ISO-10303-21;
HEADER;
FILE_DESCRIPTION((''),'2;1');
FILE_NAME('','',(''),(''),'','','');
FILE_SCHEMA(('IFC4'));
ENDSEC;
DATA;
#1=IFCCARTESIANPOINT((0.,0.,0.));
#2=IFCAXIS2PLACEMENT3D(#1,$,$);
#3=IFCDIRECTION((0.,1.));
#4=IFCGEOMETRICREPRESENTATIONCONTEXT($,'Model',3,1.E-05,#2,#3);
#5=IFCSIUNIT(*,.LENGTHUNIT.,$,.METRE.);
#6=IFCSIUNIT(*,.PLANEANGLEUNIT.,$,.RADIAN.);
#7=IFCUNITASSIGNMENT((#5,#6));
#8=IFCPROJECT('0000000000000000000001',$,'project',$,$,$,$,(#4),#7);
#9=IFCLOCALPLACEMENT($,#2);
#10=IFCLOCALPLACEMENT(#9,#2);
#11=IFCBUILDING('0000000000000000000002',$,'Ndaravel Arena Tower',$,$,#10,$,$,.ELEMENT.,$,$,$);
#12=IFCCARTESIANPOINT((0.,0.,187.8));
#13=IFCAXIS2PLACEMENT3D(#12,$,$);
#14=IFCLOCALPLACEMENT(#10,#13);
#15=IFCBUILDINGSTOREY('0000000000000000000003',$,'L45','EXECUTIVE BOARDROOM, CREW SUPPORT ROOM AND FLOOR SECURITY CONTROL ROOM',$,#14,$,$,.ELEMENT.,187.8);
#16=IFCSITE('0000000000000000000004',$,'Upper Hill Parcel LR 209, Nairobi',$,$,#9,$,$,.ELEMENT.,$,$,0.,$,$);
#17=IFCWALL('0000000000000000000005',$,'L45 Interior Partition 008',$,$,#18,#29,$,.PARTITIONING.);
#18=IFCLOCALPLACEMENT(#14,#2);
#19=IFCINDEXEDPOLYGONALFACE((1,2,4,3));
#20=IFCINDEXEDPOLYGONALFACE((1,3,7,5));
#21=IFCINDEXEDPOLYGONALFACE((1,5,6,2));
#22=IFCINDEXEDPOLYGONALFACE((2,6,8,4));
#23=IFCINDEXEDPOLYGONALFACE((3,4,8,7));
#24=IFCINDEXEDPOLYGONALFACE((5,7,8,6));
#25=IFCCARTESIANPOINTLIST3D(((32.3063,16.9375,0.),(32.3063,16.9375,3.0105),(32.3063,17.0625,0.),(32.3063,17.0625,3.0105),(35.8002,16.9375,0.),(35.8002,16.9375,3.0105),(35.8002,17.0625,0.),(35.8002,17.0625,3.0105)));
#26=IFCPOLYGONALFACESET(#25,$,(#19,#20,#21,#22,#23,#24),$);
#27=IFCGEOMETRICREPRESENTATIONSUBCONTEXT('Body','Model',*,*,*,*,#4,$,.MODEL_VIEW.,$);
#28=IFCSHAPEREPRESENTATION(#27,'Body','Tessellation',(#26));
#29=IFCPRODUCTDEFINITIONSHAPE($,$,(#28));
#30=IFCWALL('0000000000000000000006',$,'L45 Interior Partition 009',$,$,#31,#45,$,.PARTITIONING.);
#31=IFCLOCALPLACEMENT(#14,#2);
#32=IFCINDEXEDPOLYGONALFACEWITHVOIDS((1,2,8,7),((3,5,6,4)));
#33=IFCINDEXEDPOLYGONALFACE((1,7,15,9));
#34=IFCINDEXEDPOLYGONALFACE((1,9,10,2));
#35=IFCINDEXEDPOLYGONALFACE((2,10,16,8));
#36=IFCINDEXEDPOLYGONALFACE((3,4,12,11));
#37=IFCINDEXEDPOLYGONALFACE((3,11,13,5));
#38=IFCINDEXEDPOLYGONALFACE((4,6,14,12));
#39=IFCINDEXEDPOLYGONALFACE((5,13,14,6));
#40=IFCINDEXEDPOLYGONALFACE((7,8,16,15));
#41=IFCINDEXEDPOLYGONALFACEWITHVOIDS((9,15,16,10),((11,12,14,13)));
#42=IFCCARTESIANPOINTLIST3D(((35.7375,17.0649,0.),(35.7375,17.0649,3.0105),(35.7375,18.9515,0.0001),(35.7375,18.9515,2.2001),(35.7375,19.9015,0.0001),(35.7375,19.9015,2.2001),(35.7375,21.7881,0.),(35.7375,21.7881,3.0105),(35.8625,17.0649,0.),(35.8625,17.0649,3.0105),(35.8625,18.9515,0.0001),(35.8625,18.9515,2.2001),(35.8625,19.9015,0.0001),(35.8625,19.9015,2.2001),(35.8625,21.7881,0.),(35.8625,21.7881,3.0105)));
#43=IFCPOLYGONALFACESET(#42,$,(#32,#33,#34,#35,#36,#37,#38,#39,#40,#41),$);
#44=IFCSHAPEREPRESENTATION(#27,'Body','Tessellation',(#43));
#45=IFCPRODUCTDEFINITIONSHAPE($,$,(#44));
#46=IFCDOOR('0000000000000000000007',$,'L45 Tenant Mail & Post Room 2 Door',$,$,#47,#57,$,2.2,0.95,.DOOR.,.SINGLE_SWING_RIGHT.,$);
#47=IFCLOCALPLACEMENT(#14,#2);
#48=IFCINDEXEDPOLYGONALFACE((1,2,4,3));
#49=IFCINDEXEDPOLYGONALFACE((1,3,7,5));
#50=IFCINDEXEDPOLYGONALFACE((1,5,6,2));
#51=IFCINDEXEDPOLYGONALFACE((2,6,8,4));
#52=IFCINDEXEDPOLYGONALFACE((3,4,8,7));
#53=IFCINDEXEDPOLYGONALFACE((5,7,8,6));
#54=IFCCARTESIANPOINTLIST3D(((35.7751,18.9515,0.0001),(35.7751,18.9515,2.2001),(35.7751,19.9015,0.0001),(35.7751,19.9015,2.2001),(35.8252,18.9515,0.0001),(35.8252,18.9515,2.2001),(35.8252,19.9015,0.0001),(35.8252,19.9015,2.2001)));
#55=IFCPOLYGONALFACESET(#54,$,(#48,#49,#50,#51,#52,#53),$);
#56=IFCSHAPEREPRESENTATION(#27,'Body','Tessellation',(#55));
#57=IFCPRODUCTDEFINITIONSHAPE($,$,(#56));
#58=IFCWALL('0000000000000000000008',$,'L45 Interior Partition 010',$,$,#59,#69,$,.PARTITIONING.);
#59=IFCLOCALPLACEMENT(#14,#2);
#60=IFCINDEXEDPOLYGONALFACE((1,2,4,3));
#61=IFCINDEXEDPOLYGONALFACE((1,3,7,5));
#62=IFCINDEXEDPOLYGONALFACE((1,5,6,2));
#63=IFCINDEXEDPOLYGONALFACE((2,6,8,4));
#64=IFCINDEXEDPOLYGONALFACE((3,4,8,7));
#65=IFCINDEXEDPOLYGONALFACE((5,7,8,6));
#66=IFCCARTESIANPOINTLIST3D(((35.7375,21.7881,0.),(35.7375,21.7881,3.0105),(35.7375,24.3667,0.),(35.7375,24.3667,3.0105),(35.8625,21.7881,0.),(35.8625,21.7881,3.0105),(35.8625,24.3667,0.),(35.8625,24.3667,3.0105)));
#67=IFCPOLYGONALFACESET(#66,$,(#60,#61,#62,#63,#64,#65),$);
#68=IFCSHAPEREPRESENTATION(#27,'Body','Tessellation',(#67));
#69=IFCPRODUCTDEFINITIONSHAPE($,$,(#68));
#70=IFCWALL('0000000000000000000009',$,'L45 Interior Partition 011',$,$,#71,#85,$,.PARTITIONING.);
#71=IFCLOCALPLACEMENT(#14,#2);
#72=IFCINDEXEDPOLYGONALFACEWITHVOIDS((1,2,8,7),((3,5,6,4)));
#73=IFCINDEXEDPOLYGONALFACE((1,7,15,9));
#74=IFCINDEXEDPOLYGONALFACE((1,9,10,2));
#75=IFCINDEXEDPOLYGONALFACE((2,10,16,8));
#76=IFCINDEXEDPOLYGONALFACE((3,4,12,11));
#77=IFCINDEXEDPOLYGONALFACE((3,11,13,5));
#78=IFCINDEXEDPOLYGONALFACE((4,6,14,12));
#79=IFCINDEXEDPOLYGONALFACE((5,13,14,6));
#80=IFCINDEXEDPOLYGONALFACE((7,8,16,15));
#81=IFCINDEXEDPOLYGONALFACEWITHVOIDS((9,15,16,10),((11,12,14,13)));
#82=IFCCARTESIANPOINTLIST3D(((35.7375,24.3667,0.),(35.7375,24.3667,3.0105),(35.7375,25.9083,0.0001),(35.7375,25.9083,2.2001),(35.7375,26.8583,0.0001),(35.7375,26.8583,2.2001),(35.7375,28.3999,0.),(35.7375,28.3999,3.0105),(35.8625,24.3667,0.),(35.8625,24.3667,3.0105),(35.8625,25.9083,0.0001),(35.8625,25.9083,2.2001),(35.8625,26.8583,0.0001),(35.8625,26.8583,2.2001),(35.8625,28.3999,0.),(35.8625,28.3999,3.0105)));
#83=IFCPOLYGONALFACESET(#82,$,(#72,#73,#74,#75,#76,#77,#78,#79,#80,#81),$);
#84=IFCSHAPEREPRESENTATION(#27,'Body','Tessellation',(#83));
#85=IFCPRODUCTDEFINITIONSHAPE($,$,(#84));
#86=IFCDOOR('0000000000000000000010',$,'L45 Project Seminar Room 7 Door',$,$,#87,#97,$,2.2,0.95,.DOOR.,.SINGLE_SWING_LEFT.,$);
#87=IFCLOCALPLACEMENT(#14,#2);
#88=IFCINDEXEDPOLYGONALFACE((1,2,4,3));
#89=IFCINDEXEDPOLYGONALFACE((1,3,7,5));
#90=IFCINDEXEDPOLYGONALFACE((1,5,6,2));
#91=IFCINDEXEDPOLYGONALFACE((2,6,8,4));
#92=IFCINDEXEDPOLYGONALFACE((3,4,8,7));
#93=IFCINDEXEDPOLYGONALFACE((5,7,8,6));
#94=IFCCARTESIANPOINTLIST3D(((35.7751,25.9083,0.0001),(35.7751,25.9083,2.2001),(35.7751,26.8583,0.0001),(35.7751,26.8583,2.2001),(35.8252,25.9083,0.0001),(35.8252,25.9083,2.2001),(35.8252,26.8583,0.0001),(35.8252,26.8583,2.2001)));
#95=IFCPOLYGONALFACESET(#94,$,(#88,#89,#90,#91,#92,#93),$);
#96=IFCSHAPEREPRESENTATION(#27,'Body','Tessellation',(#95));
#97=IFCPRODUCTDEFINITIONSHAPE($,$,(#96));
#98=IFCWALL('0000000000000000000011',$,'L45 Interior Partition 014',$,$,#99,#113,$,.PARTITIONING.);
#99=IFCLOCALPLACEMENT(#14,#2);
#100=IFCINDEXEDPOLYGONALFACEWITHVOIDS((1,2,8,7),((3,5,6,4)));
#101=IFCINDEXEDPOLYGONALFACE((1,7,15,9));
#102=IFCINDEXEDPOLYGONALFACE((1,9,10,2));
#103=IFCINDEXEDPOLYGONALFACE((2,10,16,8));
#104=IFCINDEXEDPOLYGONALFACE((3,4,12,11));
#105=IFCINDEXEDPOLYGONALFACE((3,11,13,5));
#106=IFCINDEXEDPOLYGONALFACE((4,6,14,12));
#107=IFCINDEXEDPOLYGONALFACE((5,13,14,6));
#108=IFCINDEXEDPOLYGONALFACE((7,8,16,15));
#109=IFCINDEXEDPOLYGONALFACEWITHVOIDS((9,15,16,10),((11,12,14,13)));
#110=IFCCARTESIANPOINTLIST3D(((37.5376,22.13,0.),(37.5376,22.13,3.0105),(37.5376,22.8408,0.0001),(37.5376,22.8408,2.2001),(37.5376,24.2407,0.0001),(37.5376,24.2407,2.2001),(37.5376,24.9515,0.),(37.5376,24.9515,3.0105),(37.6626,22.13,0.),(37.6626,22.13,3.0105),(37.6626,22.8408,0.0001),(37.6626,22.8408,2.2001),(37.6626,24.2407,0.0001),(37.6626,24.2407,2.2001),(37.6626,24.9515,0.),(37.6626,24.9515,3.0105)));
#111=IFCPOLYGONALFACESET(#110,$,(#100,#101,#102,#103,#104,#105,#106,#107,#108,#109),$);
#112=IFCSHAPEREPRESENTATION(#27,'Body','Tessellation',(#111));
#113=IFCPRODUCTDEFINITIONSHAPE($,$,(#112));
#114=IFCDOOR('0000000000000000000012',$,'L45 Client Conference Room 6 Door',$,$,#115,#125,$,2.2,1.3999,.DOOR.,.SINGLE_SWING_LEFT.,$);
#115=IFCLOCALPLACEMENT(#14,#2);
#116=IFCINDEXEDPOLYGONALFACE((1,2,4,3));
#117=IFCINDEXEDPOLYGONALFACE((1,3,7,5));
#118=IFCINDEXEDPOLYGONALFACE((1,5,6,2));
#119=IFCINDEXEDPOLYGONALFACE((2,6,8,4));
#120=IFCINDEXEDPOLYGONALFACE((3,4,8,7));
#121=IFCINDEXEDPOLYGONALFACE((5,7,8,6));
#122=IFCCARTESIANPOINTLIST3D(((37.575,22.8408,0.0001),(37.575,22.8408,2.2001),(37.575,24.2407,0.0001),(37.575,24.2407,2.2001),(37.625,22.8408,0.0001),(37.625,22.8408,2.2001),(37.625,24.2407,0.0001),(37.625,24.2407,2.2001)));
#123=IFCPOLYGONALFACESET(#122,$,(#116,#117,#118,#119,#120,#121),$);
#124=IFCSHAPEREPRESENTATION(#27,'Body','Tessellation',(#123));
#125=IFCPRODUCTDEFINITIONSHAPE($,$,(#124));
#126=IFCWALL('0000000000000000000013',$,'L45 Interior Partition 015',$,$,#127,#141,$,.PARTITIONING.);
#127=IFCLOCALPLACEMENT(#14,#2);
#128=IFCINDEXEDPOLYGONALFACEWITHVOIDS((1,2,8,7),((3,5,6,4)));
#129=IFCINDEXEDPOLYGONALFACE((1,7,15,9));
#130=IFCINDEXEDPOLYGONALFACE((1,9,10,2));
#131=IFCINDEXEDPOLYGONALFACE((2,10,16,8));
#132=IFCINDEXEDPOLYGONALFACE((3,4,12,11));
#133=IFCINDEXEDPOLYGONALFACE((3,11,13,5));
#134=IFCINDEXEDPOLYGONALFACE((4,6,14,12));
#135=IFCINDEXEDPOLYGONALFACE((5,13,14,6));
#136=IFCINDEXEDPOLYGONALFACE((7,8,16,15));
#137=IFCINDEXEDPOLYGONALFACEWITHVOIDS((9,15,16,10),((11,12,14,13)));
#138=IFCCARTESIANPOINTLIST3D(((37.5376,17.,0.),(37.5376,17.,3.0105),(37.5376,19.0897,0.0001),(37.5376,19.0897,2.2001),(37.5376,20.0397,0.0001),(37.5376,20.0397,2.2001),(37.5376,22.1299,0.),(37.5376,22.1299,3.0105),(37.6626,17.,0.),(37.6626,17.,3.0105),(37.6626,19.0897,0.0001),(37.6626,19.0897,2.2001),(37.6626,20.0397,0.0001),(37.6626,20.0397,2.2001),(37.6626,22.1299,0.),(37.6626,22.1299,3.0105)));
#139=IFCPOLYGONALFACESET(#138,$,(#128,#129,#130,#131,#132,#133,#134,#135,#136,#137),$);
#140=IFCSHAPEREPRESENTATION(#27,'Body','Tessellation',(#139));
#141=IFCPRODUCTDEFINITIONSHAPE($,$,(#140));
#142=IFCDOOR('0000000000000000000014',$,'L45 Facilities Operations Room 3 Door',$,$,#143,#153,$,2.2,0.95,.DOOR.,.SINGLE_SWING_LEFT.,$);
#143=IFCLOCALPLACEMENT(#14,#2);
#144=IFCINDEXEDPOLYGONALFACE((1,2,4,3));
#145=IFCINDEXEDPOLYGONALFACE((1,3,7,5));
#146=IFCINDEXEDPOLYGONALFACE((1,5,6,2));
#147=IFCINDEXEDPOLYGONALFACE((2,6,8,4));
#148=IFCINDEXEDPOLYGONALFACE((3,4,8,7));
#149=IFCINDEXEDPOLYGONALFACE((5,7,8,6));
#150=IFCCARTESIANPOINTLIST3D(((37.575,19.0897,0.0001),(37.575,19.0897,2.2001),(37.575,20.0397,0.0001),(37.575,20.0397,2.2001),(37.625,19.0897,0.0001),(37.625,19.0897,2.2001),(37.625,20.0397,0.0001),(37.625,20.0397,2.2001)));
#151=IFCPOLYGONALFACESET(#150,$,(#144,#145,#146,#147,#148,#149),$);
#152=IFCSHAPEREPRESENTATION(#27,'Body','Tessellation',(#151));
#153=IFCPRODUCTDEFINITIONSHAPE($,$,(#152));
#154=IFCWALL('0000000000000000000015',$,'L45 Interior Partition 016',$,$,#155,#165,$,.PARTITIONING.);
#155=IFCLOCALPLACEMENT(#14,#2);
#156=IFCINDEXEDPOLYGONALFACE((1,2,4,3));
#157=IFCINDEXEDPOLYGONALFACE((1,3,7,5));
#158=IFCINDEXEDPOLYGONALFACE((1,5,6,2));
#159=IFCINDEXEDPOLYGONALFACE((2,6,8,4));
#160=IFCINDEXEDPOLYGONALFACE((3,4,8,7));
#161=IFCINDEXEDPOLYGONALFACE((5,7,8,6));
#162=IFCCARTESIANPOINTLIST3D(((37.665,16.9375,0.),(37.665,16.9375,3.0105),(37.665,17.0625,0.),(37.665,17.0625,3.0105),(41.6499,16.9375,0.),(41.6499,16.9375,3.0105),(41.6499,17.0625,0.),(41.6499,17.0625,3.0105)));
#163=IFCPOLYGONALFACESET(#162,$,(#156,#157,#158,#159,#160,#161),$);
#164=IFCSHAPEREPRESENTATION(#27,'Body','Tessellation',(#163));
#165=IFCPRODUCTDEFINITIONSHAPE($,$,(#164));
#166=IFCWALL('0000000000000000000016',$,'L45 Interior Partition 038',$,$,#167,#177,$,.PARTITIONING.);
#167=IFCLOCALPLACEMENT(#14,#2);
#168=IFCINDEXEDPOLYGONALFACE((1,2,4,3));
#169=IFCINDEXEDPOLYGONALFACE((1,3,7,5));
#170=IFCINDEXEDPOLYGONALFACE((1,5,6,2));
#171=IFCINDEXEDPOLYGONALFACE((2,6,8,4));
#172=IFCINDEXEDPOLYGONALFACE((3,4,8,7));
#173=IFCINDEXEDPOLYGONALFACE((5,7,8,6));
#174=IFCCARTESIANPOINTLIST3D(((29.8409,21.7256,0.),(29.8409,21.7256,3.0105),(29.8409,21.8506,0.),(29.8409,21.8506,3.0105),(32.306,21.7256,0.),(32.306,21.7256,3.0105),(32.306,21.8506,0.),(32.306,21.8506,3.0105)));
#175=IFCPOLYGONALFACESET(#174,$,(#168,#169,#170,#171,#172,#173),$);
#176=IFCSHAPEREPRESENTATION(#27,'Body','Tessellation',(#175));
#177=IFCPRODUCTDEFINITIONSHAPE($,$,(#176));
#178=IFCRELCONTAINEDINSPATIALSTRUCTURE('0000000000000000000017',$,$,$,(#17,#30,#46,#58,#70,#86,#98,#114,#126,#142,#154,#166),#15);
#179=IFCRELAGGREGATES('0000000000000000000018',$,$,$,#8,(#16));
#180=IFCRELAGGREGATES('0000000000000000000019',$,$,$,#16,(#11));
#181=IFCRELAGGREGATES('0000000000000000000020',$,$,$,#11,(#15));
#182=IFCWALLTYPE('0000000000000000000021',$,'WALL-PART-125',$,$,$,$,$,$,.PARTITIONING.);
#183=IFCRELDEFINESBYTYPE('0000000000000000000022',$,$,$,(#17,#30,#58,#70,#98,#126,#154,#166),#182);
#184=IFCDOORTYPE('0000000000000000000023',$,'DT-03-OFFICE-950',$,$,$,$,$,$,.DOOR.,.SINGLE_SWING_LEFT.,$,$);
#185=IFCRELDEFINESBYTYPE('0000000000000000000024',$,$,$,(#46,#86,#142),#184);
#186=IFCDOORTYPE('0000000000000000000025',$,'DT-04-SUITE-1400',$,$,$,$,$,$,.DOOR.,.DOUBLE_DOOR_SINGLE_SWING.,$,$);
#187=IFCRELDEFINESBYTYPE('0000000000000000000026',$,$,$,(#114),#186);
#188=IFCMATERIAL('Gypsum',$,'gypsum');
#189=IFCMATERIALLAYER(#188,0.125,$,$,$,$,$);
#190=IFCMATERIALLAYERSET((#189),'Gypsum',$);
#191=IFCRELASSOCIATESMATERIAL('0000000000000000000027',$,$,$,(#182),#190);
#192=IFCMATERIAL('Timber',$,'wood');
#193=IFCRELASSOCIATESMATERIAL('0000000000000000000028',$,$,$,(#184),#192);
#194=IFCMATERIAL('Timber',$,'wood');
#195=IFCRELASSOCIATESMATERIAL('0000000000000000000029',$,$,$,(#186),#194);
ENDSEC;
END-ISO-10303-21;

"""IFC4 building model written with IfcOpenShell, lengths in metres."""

from ifc_helpers import new_model, si_unit, direction, frame, frame_2d, origin, place, context, subcontext, project, spatial, rectangle, extrude, material, layer, layer_set, type_object, element, fill, save


model = new_model("IFC4")

# Units and contexts
model_context = context("Model", 3, precision=1e-05, world=origin(), true_north=direction((0.0, 1.0)))
body_context = subcontext(model_context, "Body", "Model", "MODEL_VIEW")
ifc_project = project(units=[si_unit("LENGTHUNIT", "METRE"), si_unit("PLANEANGLEUNIT", "RADIAN")], contexts=[model_context])

# Site, building, storey
site_placement = place(None, origin())
site = spatial("IfcSite", under=ifc_project, at=site_placement, Name="Upper Hill Parcel LR 209, Nairobi", CompositionType="ELEMENT", RefElevation=0.0)
building_placement = place(site_placement, origin())
building = spatial("IfcBuilding", under=site, at=building_placement, Name="Ndaravel Arena Tower", CompositionType="ELEMENT")
storey_placement = place(building_placement, frame((0.0, 0.0, 187.8)))
storey = spatial("IfcBuildingStorey", under=building, at=storey_placement, Name="L45", Description="EXECUTIVE BOARDROOM, CREW SUPPORT ROOM AND FLOOR SECURITY CONTROL ROOM", CompositionType="ELEMENT", Elevation=187.8)

# Wall
ifc_material_1 = material(Name="Gypsum", Category="gypsum")
ifc_layer_1 = layer(ifc_material_1, 0.125)
ifc_layer_set_1 = layer_set([ifc_layer_1], Name="Gypsum")
wall_type_1 = type_object("IfcWallType", Name="WALL-PART-125", PredefinedType="PARTITIONING", material=ifc_layer_set_1)
wall_1_placement = place(storey_placement, frame((32.3062, 17.0, 0.0), z_axis=(0.0, 0.0, 1.0), x_axis=(1.0, 0.0, 0.0)))
element("IfcWall", 1, at=wall_1_placement, inside=storey, type_object=wall_type_1, Name="L45 Interior Partition 008", PredefinedType="PARTITIONING", context=body_context, shape_type="SweptSolid", body=[
    extrude(rectangle(XDim=3.4939, YDim=0.125, at=frame_2d((1.7471, 0.0))), origin(), (0.0, 0.0, 1.0), 3.0105),
])

# Wall, opening, door
wall_2_placement = place(storey_placement, frame((35.8, 17.0649, 0.0), z_axis=(0.0, 0.0, 1.0), x_axis=(0.0, 1.0, 0.0)))
wall_2 = element("IfcWall", 2, at=wall_2_placement, inside=storey, type_object=wall_type_1, Name="L45 Interior Partition 009", PredefinedType="PARTITIONING", context=body_context, shape_type="SweptSolid", body=[
    extrude(rectangle(XDim=4.7231, YDim=0.125, at=frame_2d((2.3616, 0.0))), origin(), (0.0, 0.0, 1.0), 3.0105),
])
opening_1_placement = place(wall_2_placement, frame((1.8865, 0.0, 0.0)))
opening_1 = element("IfcOpeningElement", 3, at=opening_1_placement, cuts=wall_2, PredefinedType="OPENING", context=body_context, shape_type="SweptSolid", body=[
    extrude(rectangle(XDim=0.95, YDim=2.2, at=frame_2d((0.4751, 1.1001))), frame((0.0, 0.0625, 0.0), z_axis=(0.0, -1.0, 0.0), x_axis=(1.0, 0.0, 0.0)), (0.0, 0.0, 1.0), 0.125),
])
ifc_material_2 = material(Name="Timber", Category="wood")
door_type_1 = type_object("IfcDoorType", Name="DT-03-OFFICE-950", OperationType="SINGLE_SWING_LEFT", PredefinedType="DOOR", material=ifc_material_2)
door_1_placement = place(opening_1_placement, origin())
door_1 = element("IfcDoor", 4, at=door_1_placement, inside=storey, type_object=door_type_1, Name="L45 Tenant Mail & Post Room 2 Door", OperationType="SINGLE_SWING_RIGHT", OverallHeight=2.2, OverallWidth=0.95, PredefinedType="DOOR", context=body_context, shape_type="SweptSolid", body=[
    extrude(rectangle(XDim=0.95, YDim=2.2, at=frame_2d((0.4751, 1.1001))), frame((0.0, 0.0249, 0.0), z_axis=(0.0, -1.0, 0.0), x_axis=(1.0, 0.0, 0.0)), (0.0, 0.0, 1.0), 0.05),
])
fill(opening_1, door_1)

# Wall
wall_3_placement = place(storey_placement, frame((35.8, 21.7881, 0.0), z_axis=(0.0, 0.0, 1.0), x_axis=(0.0, 1.0, 0.0)))
element("IfcWall", 5, at=wall_3_placement, inside=storey, type_object=wall_type_1, Name="L45 Interior Partition 010", PredefinedType="PARTITIONING", context=body_context, shape_type="SweptSolid", body=[
    extrude(rectangle(XDim=2.5786, YDim=0.125, at=frame_2d((1.2893, 0.0))), origin(), (0.0, 0.0, 1.0), 3.0105),
])

# Walls, openings, doors
wall_4_placement = place(storey_placement, frame((35.8, 24.3667, 0.0), z_axis=(0.0, 0.0, 1.0), x_axis=(0.0, 1.0, 0.0)))
wall_4 = element("IfcWall", 6, at=wall_4_placement, inside=storey, type_object=wall_type_1, Name="L45 Interior Partition 011", PredefinedType="PARTITIONING", context=body_context, shape_type="SweptSolid", body=[
    extrude(rectangle(XDim=4.0332, YDim=0.125, at=frame_2d((2.0166, 0.0))), origin(), (0.0, 0.0, 1.0), 3.0105),
])
opening_2_placement = place(wall_4_placement, frame((1.5415, 0.0, 0.0)))
opening_2 = element("IfcOpeningElement", 7, at=opening_2_placement, cuts=wall_4, PredefinedType="OPENING", context=body_context, shape_type="SweptSolid", body=[
    extrude(rectangle(XDim=0.95, YDim=2.2, at=frame_2d((0.4751, 1.1001))), frame((0.0, 0.0625, 0.0), z_axis=(0.0, -1.0, 0.0), x_axis=(1.0, 0.0, 0.0)), (0.0, 0.0, 1.0), 0.125),
])
door_2_placement = place(opening_2_placement, origin())
door_2 = element("IfcDoor", 8, at=door_2_placement, inside=storey, type_object=door_type_1, Name="L45 Project Seminar Room 7 Door", OperationType="SINGLE_SWING_LEFT", OverallHeight=2.2, OverallWidth=0.95, PredefinedType="DOOR", context=body_context, shape_type="SweptSolid", body=[
    extrude(rectangle(XDim=0.95, YDim=2.2, at=frame_2d((0.4751, 1.1001))), frame((0.0, 0.0249, 0.0), z_axis=(0.0, -1.0, 0.0), x_axis=(1.0, 0.0, 0.0)), (0.0, 0.0, 1.0), 0.05),
])
fill(opening_2, door_2)
wall_5_placement = place(storey_placement, frame((37.6001, 24.9514, 0.0), z_axis=(0.0, 0.0, 1.0), x_axis=(0.0, -1.0, 0.0)))
wall_5 = element("IfcWall", 9, at=wall_5_placement, inside=storey, type_object=wall_type_1, Name="L45 Interior Partition 014", PredefinedType="PARTITIONING", context=body_context, shape_type="SweptSolid", body=[
    extrude(rectangle(XDim=2.8215, YDim=0.125, at=frame_2d((1.4106, 0.0))), origin(), (0.0, 0.0, 1.0), 3.0105),
])
opening_3_placement = place(wall_5_placement, frame((0.7107, 0.0, 0.0)))
opening_3 = element("IfcOpeningElement", 10, at=opening_3_placement, cuts=wall_5, PredefinedType="OPENING", context=body_context, shape_type="SweptSolid", body=[
    extrude(rectangle(XDim=1.3999, YDim=2.2, at=frame_2d((0.7, 1.1001))), frame((0.0, 0.0625, 0.0), z_axis=(0.0, -1.0, 0.0), x_axis=(1.0, 0.0, 0.0)), (0.0, 0.0, 1.0), 0.125),
])
ifc_material_3 = material(Name="Timber", Category="wood")
door_type_2 = type_object("IfcDoorType", Name="DT-04-SUITE-1400", OperationType="DOUBLE_DOOR_SINGLE_SWING", PredefinedType="DOOR", material=ifc_material_3)
door_3_placement = place(opening_3_placement, origin())
door_3 = element("IfcDoor", 11, at=door_3_placement, inside=storey, type_object=door_type_2, Name="L45 Client Conference Room 6 Door", OperationType="SINGLE_SWING_LEFT", OverallHeight=2.2, OverallWidth=1.3999, PredefinedType="DOOR", context=body_context, shape_type="SweptSolid", body=[
    extrude(rectangle(XDim=1.3999, YDim=2.2, at=frame_2d((0.7, 1.1001))), frame((0.0, 0.0249, 0.0), z_axis=(0.0, -1.0, 0.0), x_axis=(1.0, 0.0, 0.0)), (0.0, 0.0, 1.0), 0.05),
])
fill(opening_3, door_3)
wall_6_placement = place(storey_placement, frame((37.6001, 22.1299, 0.0), z_axis=(0.0, 0.0, 1.0), x_axis=(0.0, -1.0, 0.0)))
wall_6 = element("IfcWall", 12, at=wall_6_placement, inside=storey, type_object=wall_type_1, Name="L45 Interior Partition 015", PredefinedType="PARTITIONING", context=body_context, shape_type="SweptSolid", body=[
    extrude(rectangle(XDim=5.1299, YDim=0.125, at=frame_2d((2.5649, 0.0))), origin(), (0.0, 0.0, 1.0), 3.0105),
])
opening_4_placement = place(wall_6_placement, frame((2.0901, 0.0, 0.0)))
opening_4 = element("IfcOpeningElement", 13, at=opening_4_placement, cuts=wall_6, PredefinedType="OPENING", context=body_context, shape_type="SweptSolid", body=[
    extrude(rectangle(XDim=0.95, YDim=2.2, at=frame_2d((0.4751, 1.1001))), frame((0.0, 0.0625, 0.0), z_axis=(0.0, -1.0, 0.0), x_axis=(1.0, 0.0, 0.0)), (0.0, 0.0, 1.0), 0.125),
])
door_4_placement = place(opening_4_placement, origin())
door_4 = element("IfcDoor", 14, at=door_4_placement, inside=storey, type_object=door_type_1, Name="L45 Facilities Operations Room 3 Door", OperationType="SINGLE_SWING_LEFT", OverallHeight=2.2, OverallWidth=0.95, PredefinedType="DOOR", context=body_context, shape_type="SweptSolid", body=[
    extrude(rectangle(XDim=0.95, YDim=2.2, at=frame_2d((0.4751, 1.1001))), frame((0.0, 0.0249, 0.0), z_axis=(0.0, -1.0, 0.0), x_axis=(1.0, 0.0, 0.0)), (0.0, 0.0, 1.0), 0.05),
])
fill(opening_4, door_4)

# Walls
wall_7_placement = place(storey_placement, frame((37.665, 17.0, 0.0), z_axis=(0.0, 0.0, 1.0), x_axis=(1.0, 0.0, 0.0)))
element("IfcWall", 15, at=wall_7_placement, inside=storey, type_object=wall_type_1, Name="L45 Interior Partition 016", PredefinedType="PARTITIONING", context=body_context, shape_type="SweptSolid", body=[
    extrude(rectangle(XDim=3.9849, YDim=0.125, at=frame_2d((1.9924, 0.0))), origin(), (0.0, 0.0, 1.0), 3.0105),
])
wall_8_placement = place(storey_placement, frame((29.8411, 21.7881, 0.0), z_axis=(0.0, 0.0, 1.0), x_axis=(1.0, 0.0, 0.0)))
element("IfcWall", 16, at=wall_8_placement, inside=storey, type_object=wall_type_1, Name="L45 Interior Partition 038", PredefinedType="PARTITIONING", context=body_context, shape_type="SweptSolid", body=[
    extrude(rectangle(XDim=2.4651, YDim=0.125, at=frame_2d((1.2324, 0.0))), origin(), (0.0, 0.0, 1.0), 3.0105),
])

save(model, "model.ifc")
